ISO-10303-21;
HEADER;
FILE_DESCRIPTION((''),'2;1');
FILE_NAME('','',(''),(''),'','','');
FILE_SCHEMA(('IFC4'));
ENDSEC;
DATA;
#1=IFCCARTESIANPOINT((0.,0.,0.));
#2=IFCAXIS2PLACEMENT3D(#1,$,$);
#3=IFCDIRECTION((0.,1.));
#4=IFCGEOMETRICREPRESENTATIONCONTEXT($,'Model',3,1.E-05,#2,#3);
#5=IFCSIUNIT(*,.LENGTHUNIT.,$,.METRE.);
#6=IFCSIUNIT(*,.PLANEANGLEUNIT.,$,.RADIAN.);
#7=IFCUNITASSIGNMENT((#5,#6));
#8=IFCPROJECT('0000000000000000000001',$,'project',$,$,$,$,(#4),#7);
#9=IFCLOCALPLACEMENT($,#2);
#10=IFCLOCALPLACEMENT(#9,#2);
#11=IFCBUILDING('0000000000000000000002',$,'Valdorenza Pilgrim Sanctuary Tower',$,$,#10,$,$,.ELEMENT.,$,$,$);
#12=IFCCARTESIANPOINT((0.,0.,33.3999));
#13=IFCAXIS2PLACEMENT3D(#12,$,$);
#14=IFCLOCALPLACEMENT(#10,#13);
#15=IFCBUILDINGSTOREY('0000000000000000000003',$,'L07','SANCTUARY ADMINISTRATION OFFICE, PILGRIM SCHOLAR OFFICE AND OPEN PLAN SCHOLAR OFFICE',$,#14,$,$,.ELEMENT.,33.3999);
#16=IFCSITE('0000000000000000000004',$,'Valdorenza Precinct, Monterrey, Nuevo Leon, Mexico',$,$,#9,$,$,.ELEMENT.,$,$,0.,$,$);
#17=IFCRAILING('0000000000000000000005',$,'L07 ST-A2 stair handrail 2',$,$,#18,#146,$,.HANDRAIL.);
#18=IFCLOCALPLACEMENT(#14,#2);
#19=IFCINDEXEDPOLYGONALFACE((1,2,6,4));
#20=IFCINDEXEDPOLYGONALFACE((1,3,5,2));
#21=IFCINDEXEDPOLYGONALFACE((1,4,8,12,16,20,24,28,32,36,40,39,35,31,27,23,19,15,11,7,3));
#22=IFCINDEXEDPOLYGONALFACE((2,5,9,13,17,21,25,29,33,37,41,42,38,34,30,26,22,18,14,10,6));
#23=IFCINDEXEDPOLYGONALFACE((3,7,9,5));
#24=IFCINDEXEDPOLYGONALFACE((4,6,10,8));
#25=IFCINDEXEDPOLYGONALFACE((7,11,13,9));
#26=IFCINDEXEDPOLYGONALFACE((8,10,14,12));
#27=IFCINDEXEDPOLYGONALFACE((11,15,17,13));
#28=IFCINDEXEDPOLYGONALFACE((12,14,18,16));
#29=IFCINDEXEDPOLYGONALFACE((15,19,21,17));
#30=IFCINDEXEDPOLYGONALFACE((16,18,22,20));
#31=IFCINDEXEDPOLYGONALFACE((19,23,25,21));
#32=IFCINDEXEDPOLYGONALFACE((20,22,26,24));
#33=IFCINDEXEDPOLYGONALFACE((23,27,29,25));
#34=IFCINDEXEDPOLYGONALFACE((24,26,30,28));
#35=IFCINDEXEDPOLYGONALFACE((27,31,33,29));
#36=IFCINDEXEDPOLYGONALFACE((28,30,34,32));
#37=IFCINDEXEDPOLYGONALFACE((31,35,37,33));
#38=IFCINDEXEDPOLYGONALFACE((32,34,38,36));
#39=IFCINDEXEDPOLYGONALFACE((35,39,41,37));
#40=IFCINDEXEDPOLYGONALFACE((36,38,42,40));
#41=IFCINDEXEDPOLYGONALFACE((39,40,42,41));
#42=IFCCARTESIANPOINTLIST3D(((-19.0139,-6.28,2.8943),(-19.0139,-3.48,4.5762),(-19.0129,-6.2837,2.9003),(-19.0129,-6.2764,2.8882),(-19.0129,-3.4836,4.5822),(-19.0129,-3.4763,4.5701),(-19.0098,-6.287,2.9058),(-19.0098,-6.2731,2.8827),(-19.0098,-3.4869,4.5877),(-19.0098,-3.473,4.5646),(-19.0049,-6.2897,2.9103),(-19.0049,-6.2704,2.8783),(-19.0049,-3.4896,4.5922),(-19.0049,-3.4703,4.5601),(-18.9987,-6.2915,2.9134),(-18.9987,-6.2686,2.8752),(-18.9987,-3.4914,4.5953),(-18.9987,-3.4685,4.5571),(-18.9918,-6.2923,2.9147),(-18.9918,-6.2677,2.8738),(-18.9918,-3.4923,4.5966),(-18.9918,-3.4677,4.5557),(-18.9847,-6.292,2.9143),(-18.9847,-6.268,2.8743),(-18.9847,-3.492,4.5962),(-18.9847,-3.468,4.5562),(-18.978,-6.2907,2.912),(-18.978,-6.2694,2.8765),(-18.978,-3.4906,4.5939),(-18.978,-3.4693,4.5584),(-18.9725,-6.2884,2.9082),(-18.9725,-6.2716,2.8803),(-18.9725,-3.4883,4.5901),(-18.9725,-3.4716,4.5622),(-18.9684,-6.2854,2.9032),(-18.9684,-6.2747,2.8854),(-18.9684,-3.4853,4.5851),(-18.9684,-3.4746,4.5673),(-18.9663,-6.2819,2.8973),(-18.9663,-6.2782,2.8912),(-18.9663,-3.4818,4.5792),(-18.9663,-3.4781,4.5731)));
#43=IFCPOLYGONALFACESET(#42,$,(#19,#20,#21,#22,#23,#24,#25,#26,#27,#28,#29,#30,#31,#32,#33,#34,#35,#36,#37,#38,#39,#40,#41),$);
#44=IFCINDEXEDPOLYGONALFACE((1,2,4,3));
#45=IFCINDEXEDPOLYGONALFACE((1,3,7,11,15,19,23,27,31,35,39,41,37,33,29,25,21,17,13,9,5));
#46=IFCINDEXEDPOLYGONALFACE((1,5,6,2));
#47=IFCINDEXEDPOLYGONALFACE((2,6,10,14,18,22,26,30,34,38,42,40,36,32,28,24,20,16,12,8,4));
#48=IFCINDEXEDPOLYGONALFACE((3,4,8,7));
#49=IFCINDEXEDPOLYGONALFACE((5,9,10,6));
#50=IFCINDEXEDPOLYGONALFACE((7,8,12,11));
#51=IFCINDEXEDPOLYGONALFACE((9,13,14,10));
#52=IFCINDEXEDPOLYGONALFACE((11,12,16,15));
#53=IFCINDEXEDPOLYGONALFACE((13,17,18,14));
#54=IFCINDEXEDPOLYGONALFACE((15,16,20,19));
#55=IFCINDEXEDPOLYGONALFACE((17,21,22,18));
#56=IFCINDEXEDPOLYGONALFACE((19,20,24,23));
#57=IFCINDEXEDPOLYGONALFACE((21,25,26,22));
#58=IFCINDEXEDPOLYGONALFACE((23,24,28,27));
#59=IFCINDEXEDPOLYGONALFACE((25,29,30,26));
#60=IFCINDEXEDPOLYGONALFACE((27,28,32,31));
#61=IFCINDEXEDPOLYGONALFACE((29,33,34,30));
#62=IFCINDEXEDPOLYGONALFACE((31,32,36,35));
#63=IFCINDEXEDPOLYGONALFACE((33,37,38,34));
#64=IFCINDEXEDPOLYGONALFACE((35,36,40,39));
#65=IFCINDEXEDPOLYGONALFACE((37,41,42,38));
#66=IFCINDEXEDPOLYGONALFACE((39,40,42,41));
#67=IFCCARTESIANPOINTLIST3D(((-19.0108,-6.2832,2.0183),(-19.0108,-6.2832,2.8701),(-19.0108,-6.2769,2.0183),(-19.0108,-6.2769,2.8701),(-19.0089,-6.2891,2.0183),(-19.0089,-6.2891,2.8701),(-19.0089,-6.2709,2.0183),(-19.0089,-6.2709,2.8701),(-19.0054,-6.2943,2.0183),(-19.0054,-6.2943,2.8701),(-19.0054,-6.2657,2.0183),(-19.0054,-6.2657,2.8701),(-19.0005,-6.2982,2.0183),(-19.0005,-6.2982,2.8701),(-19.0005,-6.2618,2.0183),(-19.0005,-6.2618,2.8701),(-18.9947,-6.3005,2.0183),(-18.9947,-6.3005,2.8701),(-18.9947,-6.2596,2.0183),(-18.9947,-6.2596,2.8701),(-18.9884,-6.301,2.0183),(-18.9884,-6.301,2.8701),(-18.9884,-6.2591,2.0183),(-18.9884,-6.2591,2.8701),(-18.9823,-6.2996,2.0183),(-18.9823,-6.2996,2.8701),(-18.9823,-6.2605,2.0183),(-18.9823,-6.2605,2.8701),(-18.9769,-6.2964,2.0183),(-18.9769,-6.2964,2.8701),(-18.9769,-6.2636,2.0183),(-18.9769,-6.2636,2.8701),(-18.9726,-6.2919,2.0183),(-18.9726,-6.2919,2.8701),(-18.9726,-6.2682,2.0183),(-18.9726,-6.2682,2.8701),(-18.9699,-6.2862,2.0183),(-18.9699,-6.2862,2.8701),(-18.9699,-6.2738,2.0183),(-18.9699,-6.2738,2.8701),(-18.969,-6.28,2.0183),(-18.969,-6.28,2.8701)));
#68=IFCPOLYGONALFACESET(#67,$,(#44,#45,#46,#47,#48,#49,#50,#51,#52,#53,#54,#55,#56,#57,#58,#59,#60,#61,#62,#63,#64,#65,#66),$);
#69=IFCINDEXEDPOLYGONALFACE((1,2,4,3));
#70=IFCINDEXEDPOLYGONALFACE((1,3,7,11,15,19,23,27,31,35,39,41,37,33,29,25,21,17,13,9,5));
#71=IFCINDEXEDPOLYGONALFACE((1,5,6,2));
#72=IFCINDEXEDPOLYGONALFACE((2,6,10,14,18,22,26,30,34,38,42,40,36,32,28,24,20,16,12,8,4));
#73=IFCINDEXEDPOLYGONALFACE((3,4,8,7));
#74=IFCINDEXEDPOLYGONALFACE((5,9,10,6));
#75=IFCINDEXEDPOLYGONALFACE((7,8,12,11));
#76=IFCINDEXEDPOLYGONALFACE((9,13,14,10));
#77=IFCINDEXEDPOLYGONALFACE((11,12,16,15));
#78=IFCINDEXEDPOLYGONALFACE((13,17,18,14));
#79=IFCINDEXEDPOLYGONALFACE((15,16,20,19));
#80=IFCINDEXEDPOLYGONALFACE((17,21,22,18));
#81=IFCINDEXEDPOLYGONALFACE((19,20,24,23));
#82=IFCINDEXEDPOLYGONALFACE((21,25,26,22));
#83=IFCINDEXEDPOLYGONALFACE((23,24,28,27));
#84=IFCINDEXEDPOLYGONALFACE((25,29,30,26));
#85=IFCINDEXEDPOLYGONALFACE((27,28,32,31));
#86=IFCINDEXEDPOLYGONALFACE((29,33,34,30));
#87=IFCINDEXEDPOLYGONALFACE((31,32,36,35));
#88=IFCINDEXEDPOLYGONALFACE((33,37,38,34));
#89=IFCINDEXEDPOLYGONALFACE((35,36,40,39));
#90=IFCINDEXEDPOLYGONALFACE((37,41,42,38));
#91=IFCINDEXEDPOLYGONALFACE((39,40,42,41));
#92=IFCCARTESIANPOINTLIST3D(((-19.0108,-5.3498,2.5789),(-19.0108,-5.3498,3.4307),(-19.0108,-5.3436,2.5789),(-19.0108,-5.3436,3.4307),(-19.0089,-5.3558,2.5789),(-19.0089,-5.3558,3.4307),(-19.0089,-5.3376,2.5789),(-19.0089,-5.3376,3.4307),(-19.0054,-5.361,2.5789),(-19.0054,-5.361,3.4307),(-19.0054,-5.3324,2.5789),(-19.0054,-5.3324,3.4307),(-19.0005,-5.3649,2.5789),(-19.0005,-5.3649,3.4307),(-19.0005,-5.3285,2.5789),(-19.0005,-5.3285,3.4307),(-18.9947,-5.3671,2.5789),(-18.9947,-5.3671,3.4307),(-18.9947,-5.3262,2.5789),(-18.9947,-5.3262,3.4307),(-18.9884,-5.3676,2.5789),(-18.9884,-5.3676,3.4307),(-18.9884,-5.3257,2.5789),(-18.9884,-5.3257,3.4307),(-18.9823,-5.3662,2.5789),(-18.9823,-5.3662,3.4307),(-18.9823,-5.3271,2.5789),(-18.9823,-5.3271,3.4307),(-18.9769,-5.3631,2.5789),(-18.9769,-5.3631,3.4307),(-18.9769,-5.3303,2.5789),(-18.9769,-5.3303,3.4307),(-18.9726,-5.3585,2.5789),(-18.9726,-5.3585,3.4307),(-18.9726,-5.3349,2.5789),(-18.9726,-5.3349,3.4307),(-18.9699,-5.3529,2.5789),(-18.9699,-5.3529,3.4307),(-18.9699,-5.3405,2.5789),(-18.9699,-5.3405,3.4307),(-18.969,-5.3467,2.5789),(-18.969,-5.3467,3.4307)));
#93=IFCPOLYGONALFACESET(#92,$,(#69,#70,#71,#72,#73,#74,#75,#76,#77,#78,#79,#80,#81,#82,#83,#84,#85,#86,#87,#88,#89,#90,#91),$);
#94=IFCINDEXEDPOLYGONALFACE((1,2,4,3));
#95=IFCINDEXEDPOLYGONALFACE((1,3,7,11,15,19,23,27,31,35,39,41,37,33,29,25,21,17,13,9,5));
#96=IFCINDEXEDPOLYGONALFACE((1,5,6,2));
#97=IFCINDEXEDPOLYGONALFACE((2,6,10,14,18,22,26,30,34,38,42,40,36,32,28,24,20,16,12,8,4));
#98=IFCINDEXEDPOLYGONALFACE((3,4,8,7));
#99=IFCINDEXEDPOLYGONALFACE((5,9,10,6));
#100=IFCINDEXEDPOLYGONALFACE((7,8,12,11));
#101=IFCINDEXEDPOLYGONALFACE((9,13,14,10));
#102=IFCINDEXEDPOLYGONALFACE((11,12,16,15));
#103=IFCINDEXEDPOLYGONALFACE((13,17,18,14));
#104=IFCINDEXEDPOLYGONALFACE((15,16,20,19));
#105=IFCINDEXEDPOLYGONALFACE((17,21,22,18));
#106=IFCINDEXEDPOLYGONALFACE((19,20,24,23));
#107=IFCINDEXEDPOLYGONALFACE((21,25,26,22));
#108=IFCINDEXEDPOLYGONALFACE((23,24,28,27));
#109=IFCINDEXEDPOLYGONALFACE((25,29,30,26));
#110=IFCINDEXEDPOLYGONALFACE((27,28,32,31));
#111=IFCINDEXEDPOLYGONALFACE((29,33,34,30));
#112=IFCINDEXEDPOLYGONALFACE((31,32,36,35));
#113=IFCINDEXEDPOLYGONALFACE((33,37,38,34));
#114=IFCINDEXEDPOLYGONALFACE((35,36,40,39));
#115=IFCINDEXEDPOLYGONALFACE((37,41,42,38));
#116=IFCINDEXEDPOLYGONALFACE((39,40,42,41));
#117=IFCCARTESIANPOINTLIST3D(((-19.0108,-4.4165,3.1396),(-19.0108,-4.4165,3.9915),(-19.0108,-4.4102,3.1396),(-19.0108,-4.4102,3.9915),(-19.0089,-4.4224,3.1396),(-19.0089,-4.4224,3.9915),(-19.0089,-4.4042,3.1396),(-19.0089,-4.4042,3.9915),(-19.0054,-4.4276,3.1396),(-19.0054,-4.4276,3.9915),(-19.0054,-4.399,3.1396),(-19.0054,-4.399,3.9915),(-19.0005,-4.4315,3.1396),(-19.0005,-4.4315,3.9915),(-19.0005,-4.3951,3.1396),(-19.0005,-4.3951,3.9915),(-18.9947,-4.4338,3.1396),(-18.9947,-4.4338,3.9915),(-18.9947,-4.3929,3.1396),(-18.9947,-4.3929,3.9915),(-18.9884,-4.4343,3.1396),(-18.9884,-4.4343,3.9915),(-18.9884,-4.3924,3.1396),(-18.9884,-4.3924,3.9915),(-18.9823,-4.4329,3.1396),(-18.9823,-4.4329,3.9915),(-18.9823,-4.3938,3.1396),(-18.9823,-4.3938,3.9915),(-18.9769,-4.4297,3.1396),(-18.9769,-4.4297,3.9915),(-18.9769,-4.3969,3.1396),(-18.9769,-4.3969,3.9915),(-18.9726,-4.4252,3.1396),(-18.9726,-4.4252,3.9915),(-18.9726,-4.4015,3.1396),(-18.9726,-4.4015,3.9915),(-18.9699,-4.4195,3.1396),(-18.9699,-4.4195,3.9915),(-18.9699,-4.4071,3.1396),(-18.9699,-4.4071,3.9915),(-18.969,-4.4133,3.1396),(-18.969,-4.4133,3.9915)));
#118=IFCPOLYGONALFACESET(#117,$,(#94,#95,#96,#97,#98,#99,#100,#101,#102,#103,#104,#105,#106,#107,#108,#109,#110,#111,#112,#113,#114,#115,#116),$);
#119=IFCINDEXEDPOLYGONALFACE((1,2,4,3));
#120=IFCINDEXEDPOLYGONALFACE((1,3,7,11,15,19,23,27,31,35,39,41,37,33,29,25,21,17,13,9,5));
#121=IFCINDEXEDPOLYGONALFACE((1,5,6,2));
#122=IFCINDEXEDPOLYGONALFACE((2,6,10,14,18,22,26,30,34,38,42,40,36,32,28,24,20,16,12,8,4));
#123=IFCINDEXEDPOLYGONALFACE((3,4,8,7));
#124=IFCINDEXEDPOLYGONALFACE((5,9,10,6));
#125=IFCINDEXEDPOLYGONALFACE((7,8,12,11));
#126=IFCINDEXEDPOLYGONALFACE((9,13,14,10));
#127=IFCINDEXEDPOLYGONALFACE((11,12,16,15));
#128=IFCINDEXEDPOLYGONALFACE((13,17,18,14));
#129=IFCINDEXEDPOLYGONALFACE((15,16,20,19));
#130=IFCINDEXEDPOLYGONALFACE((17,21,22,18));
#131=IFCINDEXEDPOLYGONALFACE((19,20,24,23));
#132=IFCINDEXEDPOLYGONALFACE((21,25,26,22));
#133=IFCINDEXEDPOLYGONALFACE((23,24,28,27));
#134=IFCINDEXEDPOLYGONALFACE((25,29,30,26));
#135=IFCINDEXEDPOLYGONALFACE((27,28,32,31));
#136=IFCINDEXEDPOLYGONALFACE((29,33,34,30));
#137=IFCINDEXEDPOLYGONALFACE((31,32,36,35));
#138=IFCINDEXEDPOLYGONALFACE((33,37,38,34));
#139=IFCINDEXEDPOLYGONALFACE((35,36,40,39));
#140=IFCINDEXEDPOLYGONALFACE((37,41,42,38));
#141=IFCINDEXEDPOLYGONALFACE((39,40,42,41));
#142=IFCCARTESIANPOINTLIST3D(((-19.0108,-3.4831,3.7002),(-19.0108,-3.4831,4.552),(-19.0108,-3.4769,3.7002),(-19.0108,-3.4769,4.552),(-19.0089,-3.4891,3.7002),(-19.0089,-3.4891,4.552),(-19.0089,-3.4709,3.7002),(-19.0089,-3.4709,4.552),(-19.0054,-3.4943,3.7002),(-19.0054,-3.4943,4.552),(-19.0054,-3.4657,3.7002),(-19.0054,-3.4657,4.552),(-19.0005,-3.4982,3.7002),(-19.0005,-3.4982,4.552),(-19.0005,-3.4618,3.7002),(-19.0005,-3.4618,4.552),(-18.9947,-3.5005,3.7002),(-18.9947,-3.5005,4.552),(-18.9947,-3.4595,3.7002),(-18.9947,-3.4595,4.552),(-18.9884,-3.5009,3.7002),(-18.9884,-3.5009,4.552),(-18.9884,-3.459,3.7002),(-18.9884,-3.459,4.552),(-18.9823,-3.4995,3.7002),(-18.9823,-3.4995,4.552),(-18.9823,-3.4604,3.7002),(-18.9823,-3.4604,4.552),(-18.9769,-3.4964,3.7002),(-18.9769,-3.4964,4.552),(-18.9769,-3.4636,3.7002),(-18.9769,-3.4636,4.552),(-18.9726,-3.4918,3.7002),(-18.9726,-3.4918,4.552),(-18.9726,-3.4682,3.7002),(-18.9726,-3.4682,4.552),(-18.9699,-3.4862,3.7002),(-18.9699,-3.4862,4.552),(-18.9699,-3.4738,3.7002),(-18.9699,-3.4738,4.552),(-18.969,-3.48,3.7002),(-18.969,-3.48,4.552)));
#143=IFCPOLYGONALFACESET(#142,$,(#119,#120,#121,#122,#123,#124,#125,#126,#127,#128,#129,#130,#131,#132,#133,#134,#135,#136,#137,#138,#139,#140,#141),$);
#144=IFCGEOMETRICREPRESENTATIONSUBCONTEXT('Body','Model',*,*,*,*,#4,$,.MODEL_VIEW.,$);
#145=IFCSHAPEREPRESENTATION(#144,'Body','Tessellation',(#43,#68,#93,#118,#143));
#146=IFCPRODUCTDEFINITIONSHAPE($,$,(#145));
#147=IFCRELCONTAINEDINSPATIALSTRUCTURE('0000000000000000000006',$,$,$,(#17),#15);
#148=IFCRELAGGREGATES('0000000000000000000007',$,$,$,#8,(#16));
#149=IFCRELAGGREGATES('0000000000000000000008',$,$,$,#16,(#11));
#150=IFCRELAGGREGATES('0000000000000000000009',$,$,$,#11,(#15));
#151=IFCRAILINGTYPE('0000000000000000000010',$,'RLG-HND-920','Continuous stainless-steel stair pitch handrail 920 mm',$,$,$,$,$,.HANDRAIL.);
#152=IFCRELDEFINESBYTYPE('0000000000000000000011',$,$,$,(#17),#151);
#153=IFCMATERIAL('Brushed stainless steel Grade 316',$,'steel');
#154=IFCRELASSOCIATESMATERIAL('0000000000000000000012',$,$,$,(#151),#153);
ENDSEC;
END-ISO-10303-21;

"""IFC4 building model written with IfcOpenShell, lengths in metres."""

from ifc_helpers import new_model, si_unit, direction, frame, origin, origin_2d, place, context, subcontext, project, spatial, circle, extrude, material, type_object, element, save


model = new_model("IFC4")

# Units and contexts
model_context = context("Model", 3, precision=1e-05, world=origin(), true_north=direction((0.0, 1.0)))
body_context = subcontext(model_context, "Body", "Model", "MODEL_VIEW")
ifc_project = project(units=[si_unit("LENGTHUNIT", "METRE"), si_unit("PLANEANGLEUNIT", "RADIAN")], contexts=[model_context])

# Site, building, storey
site_placement = place(None, origin())
site = spatial("IfcSite", under=ifc_project, at=site_placement, Name="Valdorenza Precinct, Monterrey, Nuevo Leon, Mexico", CompositionType="ELEMENT", RefElevation=0.0)
building_placement = place(site_placement, origin())
building = spatial("IfcBuilding", under=site, at=building_placement, Name="Valdorenza Pilgrim Sanctuary Tower", CompositionType="ELEMENT")
storey_placement = place(building_placement, frame((0.0, 0.0, 33.3999)))
storey = spatial("IfcBuildingStorey", under=building, at=storey_placement, Name="L07", Description="SANCTUARY ADMINISTRATION OFFICE, PILGRIM SCHOLAR OFFICE AND OPEN PLAN SCHOLAR OFFICE", CompositionType="ELEMENT", Elevation=33.3999)

# Shared definitions
ifc_material_1 = material(Name="Brushed stainless steel Grade 316", Category="steel")

# Railing
railing_type_1 = type_object("IfcRailingType", Name="RLG-HND-920", Description="Continuous stainless-steel stair pitch handrail 920 mm", PredefinedType="HANDRAIL", material=ifc_material_1)
railing_1_placement = place(storey_placement, frame((-18.99, -6.28, 2.0183)))
element("IfcRailing", 1, at=railing_1_placement, inside=storey, type_object=railing_type_1, Name="L07 ST-A2 stair handrail 2", PredefinedType="HANDRAIL", context=body_context, shape_type="SweptSolid", body=[
    extrude(circle(Radius=0.0239, at=origin_2d()), frame((0.0, 0.0, 0.876), z_axis=(0.0, 0.857242, 0.514913), x_axis=(-1.0, 0.0, 0.0)), (0.0, 0.0, 1.0), 3.2664),
    extrude(circle(Radius=0.021, at=origin_2d()), origin(), (0.0, 0.0, 1.0), 0.8518),
    extrude(circle(Radius=0.021, at=origin_2d()), frame((0.0, 0.9333, 0.5605)), (0.0, 0.0, 1.0), 0.8518),
    extrude(circle(Radius=0.021, at=origin_2d()), frame((0.0, 1.8667, 1.1213)), (0.0, 0.0, 1.0), 0.8518),
    extrude(circle(Radius=0.021, at=origin_2d()), frame((0.0, 2.8, 1.6819)), (0.0, 0.0, 1.0), 0.8518),
])

save(model, "model.ifc")
